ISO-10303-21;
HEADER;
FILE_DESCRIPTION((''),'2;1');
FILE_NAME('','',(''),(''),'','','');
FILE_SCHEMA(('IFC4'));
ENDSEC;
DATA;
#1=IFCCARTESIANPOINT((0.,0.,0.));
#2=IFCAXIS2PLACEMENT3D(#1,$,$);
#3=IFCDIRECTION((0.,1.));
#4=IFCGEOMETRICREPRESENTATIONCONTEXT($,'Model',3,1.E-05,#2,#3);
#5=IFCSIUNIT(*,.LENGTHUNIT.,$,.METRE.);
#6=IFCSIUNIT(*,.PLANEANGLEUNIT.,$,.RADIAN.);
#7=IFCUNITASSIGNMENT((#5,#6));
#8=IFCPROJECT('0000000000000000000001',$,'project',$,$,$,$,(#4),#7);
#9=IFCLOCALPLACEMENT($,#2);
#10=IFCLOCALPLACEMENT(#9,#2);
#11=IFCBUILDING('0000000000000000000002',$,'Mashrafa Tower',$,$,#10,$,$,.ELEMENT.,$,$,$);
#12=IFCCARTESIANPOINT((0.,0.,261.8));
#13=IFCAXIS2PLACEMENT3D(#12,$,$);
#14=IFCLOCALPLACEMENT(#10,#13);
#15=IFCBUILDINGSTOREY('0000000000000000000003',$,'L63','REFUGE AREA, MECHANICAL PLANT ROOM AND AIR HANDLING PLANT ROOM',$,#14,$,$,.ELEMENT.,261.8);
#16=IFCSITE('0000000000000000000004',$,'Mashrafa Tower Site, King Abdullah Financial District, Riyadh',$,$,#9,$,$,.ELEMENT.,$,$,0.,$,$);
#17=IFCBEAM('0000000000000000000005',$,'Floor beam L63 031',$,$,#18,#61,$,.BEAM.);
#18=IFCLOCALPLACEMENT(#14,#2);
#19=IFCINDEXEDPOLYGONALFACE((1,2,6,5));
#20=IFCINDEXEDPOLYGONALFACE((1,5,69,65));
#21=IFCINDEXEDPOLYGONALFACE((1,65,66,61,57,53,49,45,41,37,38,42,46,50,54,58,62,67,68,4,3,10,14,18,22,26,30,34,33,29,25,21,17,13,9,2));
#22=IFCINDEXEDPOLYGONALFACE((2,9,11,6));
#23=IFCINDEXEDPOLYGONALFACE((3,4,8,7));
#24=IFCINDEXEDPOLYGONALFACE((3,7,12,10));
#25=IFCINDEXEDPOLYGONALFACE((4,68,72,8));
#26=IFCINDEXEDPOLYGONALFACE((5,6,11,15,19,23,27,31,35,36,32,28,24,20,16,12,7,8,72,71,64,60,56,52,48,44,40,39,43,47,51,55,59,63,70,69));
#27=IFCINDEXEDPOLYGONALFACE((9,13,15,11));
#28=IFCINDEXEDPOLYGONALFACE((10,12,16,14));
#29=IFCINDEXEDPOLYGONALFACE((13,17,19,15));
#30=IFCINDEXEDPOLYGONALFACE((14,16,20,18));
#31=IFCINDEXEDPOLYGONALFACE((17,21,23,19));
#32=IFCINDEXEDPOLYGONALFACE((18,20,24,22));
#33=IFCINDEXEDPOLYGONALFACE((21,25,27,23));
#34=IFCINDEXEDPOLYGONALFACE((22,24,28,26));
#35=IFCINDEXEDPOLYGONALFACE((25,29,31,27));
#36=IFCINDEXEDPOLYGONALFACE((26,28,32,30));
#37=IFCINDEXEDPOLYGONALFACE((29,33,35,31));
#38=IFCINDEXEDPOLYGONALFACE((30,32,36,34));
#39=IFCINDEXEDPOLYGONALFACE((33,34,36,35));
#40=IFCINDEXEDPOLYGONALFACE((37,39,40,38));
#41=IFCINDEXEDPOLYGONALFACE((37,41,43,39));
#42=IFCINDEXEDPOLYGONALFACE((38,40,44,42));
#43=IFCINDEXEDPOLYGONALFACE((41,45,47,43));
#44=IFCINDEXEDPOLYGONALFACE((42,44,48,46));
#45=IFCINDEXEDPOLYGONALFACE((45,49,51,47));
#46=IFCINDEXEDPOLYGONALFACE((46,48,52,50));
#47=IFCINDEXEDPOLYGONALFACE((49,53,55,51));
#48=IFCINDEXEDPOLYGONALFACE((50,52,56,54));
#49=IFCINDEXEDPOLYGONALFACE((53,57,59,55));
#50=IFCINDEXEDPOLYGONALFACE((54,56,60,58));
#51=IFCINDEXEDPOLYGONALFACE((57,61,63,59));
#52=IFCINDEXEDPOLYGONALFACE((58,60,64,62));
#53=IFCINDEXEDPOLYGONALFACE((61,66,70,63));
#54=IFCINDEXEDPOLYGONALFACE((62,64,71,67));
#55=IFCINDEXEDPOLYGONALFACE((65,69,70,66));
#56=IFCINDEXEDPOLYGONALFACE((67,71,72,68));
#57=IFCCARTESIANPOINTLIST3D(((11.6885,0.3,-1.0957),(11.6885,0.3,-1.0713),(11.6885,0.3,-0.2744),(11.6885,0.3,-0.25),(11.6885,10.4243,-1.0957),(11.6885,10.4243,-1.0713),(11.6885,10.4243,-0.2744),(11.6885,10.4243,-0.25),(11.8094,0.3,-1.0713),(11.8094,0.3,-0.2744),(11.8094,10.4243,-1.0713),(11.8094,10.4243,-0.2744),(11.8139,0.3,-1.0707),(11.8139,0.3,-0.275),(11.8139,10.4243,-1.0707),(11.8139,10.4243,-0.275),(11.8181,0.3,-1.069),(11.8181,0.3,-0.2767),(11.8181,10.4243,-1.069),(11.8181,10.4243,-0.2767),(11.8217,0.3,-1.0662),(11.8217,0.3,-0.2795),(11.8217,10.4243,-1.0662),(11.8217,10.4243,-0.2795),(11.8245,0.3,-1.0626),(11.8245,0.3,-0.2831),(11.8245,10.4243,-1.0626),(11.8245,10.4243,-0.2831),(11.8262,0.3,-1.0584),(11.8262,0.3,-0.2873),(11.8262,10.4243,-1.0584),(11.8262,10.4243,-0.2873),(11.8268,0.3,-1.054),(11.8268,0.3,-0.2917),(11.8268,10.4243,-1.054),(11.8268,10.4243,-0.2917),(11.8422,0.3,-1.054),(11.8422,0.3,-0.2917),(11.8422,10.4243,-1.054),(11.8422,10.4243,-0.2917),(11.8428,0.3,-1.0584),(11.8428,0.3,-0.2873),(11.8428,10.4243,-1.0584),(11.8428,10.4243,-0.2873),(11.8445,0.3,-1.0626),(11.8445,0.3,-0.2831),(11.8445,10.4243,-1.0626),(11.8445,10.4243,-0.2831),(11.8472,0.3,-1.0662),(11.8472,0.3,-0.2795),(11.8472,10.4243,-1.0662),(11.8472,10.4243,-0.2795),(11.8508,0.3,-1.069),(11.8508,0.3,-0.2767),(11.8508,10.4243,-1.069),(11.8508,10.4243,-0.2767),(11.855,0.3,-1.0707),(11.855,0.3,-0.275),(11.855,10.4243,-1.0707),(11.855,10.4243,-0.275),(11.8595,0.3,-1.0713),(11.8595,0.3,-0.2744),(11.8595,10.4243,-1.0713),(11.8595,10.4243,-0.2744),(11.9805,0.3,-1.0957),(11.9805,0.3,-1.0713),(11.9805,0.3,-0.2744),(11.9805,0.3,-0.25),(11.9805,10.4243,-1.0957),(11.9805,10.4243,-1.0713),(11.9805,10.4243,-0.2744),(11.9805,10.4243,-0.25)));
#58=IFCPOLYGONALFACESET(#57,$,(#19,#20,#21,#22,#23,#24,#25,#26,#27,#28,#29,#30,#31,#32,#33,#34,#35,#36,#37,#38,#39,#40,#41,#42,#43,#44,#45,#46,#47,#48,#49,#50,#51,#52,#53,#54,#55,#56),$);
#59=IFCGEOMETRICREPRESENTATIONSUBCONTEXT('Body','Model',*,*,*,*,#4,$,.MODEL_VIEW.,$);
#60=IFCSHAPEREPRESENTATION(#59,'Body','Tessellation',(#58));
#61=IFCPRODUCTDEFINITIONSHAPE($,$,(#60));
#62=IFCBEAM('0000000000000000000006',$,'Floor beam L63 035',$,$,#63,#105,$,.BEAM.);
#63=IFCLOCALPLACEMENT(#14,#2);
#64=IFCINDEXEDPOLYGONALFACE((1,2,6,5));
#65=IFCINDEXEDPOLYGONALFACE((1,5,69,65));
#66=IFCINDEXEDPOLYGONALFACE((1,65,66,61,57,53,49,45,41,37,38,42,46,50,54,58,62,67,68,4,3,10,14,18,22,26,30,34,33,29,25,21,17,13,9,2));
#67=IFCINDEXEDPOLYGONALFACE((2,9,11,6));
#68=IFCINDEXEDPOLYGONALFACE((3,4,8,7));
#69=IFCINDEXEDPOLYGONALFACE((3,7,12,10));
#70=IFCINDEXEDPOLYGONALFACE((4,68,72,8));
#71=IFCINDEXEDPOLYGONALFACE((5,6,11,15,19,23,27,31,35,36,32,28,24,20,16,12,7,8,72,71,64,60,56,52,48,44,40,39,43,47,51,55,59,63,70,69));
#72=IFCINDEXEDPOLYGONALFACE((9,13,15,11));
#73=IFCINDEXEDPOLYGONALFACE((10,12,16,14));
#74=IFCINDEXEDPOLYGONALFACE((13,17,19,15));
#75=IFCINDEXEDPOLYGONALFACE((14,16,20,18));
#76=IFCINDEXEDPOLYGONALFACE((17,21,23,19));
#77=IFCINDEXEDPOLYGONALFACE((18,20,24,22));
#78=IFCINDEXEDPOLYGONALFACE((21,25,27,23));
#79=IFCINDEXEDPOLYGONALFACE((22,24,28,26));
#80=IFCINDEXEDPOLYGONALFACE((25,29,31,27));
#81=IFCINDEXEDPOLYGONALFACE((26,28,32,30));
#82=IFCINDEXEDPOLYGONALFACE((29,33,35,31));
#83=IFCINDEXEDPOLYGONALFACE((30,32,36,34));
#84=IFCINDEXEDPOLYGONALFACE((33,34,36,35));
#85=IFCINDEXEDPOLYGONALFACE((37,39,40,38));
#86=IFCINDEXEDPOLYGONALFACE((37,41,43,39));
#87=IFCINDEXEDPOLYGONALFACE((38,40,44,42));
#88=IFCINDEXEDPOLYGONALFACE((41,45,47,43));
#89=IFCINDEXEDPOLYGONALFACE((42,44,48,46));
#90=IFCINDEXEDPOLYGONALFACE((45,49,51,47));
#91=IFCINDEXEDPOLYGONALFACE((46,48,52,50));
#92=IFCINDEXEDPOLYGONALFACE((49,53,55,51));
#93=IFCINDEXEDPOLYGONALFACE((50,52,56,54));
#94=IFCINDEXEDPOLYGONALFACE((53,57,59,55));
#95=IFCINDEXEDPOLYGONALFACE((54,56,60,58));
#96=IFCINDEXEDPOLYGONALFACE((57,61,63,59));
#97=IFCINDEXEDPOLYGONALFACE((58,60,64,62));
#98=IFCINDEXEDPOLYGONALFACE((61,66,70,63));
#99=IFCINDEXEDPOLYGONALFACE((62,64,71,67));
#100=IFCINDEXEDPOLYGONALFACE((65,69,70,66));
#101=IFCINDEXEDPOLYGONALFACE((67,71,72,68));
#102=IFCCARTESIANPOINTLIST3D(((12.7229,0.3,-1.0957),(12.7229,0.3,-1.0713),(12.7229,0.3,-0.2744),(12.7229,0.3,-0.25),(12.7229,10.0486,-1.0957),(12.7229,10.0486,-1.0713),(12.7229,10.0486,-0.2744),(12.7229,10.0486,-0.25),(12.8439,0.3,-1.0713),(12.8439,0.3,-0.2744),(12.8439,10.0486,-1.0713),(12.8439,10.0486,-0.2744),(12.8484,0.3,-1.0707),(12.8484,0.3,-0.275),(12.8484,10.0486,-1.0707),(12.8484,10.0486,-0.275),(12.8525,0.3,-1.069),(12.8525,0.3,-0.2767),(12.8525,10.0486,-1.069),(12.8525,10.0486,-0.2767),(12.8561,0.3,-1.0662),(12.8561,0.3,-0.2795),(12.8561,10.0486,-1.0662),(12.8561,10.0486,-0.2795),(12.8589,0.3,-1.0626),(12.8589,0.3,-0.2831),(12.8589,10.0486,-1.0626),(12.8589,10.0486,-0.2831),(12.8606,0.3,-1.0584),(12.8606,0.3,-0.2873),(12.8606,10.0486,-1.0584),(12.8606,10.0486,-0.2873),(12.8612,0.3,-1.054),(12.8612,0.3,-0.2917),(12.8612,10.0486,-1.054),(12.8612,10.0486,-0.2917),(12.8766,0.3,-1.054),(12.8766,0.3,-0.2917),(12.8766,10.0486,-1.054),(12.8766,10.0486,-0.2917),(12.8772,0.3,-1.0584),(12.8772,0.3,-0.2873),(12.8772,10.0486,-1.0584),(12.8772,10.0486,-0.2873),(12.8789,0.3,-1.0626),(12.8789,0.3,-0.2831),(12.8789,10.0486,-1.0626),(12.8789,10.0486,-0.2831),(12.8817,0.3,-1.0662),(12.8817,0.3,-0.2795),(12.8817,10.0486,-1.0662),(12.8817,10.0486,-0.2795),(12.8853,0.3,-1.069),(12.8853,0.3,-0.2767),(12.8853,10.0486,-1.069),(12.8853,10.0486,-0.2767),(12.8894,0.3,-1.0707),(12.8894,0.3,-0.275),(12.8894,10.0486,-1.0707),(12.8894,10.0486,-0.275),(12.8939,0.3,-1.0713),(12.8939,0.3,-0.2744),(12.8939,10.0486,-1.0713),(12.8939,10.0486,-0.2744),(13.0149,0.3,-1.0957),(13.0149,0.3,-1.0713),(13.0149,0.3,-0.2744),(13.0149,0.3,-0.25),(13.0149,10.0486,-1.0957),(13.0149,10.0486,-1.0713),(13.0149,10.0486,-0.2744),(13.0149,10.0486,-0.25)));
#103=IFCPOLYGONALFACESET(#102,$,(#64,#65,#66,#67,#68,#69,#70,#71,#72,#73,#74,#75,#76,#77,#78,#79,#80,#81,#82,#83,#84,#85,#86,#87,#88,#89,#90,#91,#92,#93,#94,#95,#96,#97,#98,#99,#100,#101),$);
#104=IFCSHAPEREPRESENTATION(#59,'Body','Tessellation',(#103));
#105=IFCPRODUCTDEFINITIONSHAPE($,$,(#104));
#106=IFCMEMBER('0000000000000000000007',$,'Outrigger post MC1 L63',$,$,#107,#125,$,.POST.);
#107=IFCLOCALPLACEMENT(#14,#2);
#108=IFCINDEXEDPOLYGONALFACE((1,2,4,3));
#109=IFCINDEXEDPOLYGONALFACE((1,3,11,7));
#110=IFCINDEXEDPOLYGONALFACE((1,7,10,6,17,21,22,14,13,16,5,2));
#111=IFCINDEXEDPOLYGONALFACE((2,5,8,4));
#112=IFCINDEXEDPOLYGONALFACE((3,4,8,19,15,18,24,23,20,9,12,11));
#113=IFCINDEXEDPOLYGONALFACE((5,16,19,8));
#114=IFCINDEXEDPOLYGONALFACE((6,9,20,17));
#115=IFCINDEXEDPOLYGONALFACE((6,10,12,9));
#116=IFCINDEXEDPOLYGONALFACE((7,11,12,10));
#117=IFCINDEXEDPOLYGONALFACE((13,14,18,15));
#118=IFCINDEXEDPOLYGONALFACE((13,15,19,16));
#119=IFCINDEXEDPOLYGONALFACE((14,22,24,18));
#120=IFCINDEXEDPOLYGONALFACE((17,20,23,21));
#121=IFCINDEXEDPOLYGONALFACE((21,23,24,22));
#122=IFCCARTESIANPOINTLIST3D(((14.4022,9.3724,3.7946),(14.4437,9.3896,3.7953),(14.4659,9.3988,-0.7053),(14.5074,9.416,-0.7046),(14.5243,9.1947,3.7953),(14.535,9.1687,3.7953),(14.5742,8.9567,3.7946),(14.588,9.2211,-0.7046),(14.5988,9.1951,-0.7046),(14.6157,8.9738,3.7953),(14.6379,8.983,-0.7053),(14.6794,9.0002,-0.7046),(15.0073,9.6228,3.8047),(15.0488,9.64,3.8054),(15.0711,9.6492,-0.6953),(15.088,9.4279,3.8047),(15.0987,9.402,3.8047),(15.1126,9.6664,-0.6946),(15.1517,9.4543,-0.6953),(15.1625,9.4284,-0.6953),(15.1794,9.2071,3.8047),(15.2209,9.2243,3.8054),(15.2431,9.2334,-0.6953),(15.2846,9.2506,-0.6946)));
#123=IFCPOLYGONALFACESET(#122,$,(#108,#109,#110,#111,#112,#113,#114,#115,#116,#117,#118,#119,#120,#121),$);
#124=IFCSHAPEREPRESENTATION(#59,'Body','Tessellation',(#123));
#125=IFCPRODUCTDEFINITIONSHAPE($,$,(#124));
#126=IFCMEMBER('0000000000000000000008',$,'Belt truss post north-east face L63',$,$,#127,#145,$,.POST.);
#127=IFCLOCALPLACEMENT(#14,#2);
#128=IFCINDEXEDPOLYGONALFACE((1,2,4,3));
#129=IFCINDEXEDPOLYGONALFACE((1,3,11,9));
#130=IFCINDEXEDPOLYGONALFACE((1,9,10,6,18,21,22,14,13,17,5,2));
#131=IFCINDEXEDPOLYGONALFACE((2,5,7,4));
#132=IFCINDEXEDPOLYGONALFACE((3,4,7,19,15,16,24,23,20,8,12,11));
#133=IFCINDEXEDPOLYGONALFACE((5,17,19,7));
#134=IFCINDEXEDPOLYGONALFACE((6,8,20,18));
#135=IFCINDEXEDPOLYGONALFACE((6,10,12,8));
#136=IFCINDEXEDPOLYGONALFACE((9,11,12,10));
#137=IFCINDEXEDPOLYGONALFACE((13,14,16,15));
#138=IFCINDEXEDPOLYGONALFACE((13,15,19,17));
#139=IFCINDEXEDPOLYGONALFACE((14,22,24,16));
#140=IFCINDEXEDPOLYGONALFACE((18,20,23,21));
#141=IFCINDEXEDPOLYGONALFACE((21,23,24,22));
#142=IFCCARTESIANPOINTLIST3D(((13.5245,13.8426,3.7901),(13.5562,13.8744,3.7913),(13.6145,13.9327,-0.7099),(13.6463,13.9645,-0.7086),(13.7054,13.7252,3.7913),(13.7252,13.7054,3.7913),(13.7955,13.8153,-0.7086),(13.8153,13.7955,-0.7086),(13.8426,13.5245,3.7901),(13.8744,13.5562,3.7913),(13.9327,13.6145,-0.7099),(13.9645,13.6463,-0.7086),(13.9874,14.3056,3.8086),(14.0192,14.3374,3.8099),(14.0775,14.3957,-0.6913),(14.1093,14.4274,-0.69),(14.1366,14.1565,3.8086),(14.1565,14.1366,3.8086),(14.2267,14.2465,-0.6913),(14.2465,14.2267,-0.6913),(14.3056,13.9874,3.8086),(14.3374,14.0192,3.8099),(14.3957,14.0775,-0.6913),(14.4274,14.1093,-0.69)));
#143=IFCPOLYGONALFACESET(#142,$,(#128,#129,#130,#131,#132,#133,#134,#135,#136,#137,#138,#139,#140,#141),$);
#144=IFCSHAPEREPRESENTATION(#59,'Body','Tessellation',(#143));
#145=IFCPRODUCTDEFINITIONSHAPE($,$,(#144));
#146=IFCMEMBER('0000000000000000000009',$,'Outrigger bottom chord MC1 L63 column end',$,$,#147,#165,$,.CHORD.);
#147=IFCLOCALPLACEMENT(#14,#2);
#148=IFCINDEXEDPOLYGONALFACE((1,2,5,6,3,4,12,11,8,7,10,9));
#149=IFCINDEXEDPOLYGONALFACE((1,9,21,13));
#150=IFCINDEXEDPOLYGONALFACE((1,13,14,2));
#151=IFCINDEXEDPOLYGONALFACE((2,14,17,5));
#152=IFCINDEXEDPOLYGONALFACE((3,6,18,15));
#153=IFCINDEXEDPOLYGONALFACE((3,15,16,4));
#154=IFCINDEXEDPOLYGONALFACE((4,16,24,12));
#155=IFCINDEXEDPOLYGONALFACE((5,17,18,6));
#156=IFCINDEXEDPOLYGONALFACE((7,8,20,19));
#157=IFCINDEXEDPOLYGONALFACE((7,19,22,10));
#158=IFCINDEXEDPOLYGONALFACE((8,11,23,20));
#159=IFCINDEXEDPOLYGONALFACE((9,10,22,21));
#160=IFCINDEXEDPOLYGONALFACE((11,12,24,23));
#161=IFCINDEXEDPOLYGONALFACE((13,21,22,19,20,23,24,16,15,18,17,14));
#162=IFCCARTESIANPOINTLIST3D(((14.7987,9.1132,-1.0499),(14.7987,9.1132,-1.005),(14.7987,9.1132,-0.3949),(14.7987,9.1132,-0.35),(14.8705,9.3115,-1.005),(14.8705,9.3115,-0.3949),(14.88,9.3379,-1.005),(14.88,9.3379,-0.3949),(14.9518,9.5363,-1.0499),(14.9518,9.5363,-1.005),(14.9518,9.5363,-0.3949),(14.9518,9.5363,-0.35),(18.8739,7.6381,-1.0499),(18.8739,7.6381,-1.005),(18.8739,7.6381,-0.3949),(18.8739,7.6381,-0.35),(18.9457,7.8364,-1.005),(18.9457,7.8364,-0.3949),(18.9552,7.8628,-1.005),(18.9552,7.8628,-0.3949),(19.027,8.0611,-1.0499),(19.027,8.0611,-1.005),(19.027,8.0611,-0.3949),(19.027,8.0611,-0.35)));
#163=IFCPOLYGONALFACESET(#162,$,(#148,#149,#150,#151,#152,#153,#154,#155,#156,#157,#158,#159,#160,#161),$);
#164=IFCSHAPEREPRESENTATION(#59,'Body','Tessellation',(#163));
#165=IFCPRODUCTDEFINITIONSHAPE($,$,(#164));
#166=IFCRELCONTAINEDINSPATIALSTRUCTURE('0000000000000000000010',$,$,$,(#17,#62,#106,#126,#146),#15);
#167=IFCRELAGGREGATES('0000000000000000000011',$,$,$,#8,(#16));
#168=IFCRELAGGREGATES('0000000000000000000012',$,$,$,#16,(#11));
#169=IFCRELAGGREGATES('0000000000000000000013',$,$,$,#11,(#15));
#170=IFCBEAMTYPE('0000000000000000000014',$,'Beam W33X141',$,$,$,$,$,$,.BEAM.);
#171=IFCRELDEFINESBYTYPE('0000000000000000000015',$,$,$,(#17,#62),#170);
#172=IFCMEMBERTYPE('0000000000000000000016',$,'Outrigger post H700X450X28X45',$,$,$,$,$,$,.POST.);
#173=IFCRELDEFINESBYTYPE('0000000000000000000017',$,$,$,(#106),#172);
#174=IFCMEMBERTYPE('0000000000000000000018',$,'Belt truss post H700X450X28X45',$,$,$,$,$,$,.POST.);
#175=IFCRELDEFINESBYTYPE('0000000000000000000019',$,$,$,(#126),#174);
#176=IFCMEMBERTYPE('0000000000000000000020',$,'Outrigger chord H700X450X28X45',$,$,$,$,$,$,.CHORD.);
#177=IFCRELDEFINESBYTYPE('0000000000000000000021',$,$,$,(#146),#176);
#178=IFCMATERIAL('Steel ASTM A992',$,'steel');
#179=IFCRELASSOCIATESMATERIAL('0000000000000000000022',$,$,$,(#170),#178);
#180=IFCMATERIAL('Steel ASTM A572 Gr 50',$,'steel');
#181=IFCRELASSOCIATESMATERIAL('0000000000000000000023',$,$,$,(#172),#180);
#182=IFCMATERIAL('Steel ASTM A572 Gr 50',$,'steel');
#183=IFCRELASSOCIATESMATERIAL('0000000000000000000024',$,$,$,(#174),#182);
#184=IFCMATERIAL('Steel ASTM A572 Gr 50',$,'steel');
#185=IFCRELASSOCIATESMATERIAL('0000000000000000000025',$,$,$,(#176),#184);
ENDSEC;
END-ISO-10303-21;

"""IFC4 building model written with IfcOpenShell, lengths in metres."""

from ifc_helpers import new_model, si_unit, direction, frame, origin, origin_2d, place, context, subcontext, project, spatial, i_section, extrude, source, transform, mapped, material, material_profile, profile_set, type_object, type_shapes, element, save


model = new_model("IFC4")

# Units and contexts
model_context = context("Model", 3, precision=1e-05, world=origin(), true_north=direction((0.0, 1.0)))
body_context = subcontext(model_context, "Body", "Model", "MODEL_VIEW")
ifc_project = project(units=[si_unit("LENGTHUNIT", "METRE"), si_unit("PLANEANGLEUNIT", "RADIAN")], contexts=[model_context])

# Site, building, storey
site_placement = place(None, origin())
site = spatial("IfcSite", under=ifc_project, at=site_placement, Name="Mashrafa Tower Site, King Abdullah Financial District, Riyadh", CompositionType="ELEMENT", RefElevation=0.0)
building_placement = place(site_placement, origin())
building = spatial("IfcBuilding", under=site, at=building_placement, Name="Mashrafa Tower", CompositionType="ELEMENT")
storey_placement = place(building_placement, frame((0.0, 0.0, 261.8)))
storey = spatial("IfcBuildingStorey", under=building, at=storey_placement, Name="L63", Description="REFUGE AREA, MECHANICAL PLANT ROOM AND AIR HANDLING PLANT ROOM", CompositionType="ELEMENT", Elevation=261.8)

# Beams
ifc_material_1 = material(Name="Steel ASTM A992", Category="steel")
ifc_material_profile_1 = material_profile(ifc_material_1, i_section(OverallWidth=0.292, OverallDepth=0.8457, WebThickness=0.0154, FlangeThickness=0.0244, FilletRadius=0.0173, at=origin_2d()), Name="W33X141")
ifc_profile_set_1 = profile_set([ifc_material_profile_1], Name="Steel ASTM A992")
beam_type_1 = type_object("IfcBeamType", Name="Beam W33X141", PredefinedType="BEAM", material=ifc_profile_set_1)
beam_1_placement = place(storey_placement, frame((11.8345, 10.4243, -0.6729), z_axis=(0.0, -1.0, 0.0), x_axis=(1.0, 0.0, 0.0)))
element("IfcBeam", 1, at=beam_1_placement, inside=storey, type_object=beam_type_1, Name="Floor beam L63 031", PredefinedType="BEAM", context=body_context, shape_type="SweptSolid", body=[
    extrude(i_section(OverallWidth=0.292, OverallDepth=0.8457, WebThickness=0.0154, FlangeThickness=0.0244, FilletRadius=0.0173, at=origin_2d()), origin(), (0.0, 0.0, 1.0), 10.1243),
])
beam_2_placement = place(storey_placement, frame((12.8689, 10.0486, -0.6729), z_axis=(0.0, -1.0, 0.0), x_axis=(1.0, 0.0, 0.0)))
element("IfcBeam", 2, at=beam_2_placement, inside=storey, type_object=beam_type_1, Name="Floor beam L63 035", PredefinedType="BEAM", context=body_context, shape_type="SweptSolid", body=[
    extrude(i_section(OverallWidth=0.292, OverallDepth=0.8457, WebThickness=0.0154, FlangeThickness=0.0244, FilletRadius=0.0173, at=origin_2d()), origin(), (0.0, 0.0, 1.0), 9.7485),
])

# Members
ifc_material_2 = material(Name="Steel ASTM A572 Gr 50", Category="steel")
ifc_material_profile_2 = material_profile(ifc_material_2, i_section(OverallWidth=0.45, OverallDepth=0.7, WebThickness=0.0281, FlangeThickness=0.0449, at=origin_2d()), Name="H700X450X28X45")
ifc_profile_set_2 = profile_set([ifc_material_profile_2], Name="Steel ASTM A572 Gr 50")
member_type_1 = type_object("IfcMemberType", Name="Outrigger post H700X450X28X45", PredefinedType="POST", material=ifc_profile_set_2)
shared_shape_1 = source(origin(), body_context, "Body", "SweptSolid", [
    extrude(i_section(OverallWidth=0.45, OverallDepth=0.7, WebThickness=0.0281, FlangeThickness=0.0449, at=origin_2d()), origin(), (0.0, 0.0, 1.0), 4.5005),
])
type_shapes(member_type_1, [shared_shape_1])
member_1_placement = place(storey_placement, frame((14.8752, 9.3247, -0.7), z_axis=(-0.014158, -0.005859, 0.999883), x_axis=(0.382352, -0.924017, 0.0)))
element("IfcMember", 3, at=member_1_placement, inside=storey, type_object=member_type_1, Name="Outrigger post MC1 L63", PredefinedType="POST", context=body_context, shape_type="MappedRepresentation", body=[
    mapped(shared_shape_1, transform((0.0, 0.0, 0.0))),
])
ifc_material_3 = material(Name="Steel ASTM A572 Gr 50", Category="steel")
ifc_material_profile_3 = material_profile(ifc_material_3, i_section(OverallWidth=0.45, OverallDepth=0.7, WebThickness=0.0281, FlangeThickness=0.0449, at=origin_2d()), Name="H700X450X28X45")
ifc_profile_set_3 = profile_set([ifc_material_profile_3], Name="Steel ASTM A572 Gr 50")
member_type_2 = type_object("IfcMemberType", Name="Belt truss post H700X450X28X45", PredefinedType="POST", material=ifc_profile_set_3)
shared_shape_2 = source(origin(), body_context, "Body", "SweptSolid", [
    extrude(i_section(OverallWidth=0.45, OverallDepth=0.7, WebThickness=0.0281, FlangeThickness=0.0449, at=origin_2d()), origin(), (0.0, 0.0, 1.0), 4.5017),
])
type_shapes(member_type_2, [shared_shape_2])
member_2_placement = place(storey_placement, frame((14.021, 14.021, -0.7), z_axis=(-0.020012, -0.020012, 0.999599), x_axis=(0.707107, -0.707107, 0.0)))
element("IfcMember", 4, at=member_2_placement, inside=storey, type_object=member_type_2, Name="Belt truss post north-east face L63", PredefinedType="POST", context=body_context, shape_type="MappedRepresentation", body=[
    mapped(shared_shape_2, transform((0.0, 0.0, 0.0))),
])
ifc_material_4 = material(Name="Steel ASTM A572 Gr 50", Category="steel")
ifc_material_profile_4 = material_profile(ifc_material_4, i_section(OverallWidth=0.45, OverallDepth=0.7, WebThickness=0.0281, FlangeThickness=0.0449, at=origin_2d()), Name="H700X450X28X45")
ifc_profile_set_4 = profile_set([ifc_material_profile_4], Name="Steel ASTM A572 Gr 50")
member_type_3 = type_object("IfcMemberType", Name="Outrigger chord H700X450X28X45", PredefinedType="CHORD", material=ifc_profile_set_4)
shared_shape_3 = source(origin(), body_context, "Body", "SweptSolid", [
    extrude(i_section(OverallWidth=0.45, OverallDepth=0.7, WebThickness=0.0281, FlangeThickness=0.0449, at=origin_2d()), origin(), (0.0, 0.0, 1.0), 4.334),
])
type_shapes(member_type_3, [shared_shape_3])
member_3_placement = place(storey_placement, frame((14.8752, 9.3247, -0.7), z_axis=(0.940296, -0.340359, 0.0), x_axis=(0.340359, 0.940296, 0.0)))
element("IfcMember", 5, at=member_3_placement, inside=storey, type_object=member_type_3, Name="Outrigger bottom chord MC1 L63 column end", PredefinedType="CHORD", context=body_context, shape_type="MappedRepresentation", body=[
    mapped(shared_shape_3, transform((0.0, 0.0, 0.0))),
])

save(model, "model.ifc")
